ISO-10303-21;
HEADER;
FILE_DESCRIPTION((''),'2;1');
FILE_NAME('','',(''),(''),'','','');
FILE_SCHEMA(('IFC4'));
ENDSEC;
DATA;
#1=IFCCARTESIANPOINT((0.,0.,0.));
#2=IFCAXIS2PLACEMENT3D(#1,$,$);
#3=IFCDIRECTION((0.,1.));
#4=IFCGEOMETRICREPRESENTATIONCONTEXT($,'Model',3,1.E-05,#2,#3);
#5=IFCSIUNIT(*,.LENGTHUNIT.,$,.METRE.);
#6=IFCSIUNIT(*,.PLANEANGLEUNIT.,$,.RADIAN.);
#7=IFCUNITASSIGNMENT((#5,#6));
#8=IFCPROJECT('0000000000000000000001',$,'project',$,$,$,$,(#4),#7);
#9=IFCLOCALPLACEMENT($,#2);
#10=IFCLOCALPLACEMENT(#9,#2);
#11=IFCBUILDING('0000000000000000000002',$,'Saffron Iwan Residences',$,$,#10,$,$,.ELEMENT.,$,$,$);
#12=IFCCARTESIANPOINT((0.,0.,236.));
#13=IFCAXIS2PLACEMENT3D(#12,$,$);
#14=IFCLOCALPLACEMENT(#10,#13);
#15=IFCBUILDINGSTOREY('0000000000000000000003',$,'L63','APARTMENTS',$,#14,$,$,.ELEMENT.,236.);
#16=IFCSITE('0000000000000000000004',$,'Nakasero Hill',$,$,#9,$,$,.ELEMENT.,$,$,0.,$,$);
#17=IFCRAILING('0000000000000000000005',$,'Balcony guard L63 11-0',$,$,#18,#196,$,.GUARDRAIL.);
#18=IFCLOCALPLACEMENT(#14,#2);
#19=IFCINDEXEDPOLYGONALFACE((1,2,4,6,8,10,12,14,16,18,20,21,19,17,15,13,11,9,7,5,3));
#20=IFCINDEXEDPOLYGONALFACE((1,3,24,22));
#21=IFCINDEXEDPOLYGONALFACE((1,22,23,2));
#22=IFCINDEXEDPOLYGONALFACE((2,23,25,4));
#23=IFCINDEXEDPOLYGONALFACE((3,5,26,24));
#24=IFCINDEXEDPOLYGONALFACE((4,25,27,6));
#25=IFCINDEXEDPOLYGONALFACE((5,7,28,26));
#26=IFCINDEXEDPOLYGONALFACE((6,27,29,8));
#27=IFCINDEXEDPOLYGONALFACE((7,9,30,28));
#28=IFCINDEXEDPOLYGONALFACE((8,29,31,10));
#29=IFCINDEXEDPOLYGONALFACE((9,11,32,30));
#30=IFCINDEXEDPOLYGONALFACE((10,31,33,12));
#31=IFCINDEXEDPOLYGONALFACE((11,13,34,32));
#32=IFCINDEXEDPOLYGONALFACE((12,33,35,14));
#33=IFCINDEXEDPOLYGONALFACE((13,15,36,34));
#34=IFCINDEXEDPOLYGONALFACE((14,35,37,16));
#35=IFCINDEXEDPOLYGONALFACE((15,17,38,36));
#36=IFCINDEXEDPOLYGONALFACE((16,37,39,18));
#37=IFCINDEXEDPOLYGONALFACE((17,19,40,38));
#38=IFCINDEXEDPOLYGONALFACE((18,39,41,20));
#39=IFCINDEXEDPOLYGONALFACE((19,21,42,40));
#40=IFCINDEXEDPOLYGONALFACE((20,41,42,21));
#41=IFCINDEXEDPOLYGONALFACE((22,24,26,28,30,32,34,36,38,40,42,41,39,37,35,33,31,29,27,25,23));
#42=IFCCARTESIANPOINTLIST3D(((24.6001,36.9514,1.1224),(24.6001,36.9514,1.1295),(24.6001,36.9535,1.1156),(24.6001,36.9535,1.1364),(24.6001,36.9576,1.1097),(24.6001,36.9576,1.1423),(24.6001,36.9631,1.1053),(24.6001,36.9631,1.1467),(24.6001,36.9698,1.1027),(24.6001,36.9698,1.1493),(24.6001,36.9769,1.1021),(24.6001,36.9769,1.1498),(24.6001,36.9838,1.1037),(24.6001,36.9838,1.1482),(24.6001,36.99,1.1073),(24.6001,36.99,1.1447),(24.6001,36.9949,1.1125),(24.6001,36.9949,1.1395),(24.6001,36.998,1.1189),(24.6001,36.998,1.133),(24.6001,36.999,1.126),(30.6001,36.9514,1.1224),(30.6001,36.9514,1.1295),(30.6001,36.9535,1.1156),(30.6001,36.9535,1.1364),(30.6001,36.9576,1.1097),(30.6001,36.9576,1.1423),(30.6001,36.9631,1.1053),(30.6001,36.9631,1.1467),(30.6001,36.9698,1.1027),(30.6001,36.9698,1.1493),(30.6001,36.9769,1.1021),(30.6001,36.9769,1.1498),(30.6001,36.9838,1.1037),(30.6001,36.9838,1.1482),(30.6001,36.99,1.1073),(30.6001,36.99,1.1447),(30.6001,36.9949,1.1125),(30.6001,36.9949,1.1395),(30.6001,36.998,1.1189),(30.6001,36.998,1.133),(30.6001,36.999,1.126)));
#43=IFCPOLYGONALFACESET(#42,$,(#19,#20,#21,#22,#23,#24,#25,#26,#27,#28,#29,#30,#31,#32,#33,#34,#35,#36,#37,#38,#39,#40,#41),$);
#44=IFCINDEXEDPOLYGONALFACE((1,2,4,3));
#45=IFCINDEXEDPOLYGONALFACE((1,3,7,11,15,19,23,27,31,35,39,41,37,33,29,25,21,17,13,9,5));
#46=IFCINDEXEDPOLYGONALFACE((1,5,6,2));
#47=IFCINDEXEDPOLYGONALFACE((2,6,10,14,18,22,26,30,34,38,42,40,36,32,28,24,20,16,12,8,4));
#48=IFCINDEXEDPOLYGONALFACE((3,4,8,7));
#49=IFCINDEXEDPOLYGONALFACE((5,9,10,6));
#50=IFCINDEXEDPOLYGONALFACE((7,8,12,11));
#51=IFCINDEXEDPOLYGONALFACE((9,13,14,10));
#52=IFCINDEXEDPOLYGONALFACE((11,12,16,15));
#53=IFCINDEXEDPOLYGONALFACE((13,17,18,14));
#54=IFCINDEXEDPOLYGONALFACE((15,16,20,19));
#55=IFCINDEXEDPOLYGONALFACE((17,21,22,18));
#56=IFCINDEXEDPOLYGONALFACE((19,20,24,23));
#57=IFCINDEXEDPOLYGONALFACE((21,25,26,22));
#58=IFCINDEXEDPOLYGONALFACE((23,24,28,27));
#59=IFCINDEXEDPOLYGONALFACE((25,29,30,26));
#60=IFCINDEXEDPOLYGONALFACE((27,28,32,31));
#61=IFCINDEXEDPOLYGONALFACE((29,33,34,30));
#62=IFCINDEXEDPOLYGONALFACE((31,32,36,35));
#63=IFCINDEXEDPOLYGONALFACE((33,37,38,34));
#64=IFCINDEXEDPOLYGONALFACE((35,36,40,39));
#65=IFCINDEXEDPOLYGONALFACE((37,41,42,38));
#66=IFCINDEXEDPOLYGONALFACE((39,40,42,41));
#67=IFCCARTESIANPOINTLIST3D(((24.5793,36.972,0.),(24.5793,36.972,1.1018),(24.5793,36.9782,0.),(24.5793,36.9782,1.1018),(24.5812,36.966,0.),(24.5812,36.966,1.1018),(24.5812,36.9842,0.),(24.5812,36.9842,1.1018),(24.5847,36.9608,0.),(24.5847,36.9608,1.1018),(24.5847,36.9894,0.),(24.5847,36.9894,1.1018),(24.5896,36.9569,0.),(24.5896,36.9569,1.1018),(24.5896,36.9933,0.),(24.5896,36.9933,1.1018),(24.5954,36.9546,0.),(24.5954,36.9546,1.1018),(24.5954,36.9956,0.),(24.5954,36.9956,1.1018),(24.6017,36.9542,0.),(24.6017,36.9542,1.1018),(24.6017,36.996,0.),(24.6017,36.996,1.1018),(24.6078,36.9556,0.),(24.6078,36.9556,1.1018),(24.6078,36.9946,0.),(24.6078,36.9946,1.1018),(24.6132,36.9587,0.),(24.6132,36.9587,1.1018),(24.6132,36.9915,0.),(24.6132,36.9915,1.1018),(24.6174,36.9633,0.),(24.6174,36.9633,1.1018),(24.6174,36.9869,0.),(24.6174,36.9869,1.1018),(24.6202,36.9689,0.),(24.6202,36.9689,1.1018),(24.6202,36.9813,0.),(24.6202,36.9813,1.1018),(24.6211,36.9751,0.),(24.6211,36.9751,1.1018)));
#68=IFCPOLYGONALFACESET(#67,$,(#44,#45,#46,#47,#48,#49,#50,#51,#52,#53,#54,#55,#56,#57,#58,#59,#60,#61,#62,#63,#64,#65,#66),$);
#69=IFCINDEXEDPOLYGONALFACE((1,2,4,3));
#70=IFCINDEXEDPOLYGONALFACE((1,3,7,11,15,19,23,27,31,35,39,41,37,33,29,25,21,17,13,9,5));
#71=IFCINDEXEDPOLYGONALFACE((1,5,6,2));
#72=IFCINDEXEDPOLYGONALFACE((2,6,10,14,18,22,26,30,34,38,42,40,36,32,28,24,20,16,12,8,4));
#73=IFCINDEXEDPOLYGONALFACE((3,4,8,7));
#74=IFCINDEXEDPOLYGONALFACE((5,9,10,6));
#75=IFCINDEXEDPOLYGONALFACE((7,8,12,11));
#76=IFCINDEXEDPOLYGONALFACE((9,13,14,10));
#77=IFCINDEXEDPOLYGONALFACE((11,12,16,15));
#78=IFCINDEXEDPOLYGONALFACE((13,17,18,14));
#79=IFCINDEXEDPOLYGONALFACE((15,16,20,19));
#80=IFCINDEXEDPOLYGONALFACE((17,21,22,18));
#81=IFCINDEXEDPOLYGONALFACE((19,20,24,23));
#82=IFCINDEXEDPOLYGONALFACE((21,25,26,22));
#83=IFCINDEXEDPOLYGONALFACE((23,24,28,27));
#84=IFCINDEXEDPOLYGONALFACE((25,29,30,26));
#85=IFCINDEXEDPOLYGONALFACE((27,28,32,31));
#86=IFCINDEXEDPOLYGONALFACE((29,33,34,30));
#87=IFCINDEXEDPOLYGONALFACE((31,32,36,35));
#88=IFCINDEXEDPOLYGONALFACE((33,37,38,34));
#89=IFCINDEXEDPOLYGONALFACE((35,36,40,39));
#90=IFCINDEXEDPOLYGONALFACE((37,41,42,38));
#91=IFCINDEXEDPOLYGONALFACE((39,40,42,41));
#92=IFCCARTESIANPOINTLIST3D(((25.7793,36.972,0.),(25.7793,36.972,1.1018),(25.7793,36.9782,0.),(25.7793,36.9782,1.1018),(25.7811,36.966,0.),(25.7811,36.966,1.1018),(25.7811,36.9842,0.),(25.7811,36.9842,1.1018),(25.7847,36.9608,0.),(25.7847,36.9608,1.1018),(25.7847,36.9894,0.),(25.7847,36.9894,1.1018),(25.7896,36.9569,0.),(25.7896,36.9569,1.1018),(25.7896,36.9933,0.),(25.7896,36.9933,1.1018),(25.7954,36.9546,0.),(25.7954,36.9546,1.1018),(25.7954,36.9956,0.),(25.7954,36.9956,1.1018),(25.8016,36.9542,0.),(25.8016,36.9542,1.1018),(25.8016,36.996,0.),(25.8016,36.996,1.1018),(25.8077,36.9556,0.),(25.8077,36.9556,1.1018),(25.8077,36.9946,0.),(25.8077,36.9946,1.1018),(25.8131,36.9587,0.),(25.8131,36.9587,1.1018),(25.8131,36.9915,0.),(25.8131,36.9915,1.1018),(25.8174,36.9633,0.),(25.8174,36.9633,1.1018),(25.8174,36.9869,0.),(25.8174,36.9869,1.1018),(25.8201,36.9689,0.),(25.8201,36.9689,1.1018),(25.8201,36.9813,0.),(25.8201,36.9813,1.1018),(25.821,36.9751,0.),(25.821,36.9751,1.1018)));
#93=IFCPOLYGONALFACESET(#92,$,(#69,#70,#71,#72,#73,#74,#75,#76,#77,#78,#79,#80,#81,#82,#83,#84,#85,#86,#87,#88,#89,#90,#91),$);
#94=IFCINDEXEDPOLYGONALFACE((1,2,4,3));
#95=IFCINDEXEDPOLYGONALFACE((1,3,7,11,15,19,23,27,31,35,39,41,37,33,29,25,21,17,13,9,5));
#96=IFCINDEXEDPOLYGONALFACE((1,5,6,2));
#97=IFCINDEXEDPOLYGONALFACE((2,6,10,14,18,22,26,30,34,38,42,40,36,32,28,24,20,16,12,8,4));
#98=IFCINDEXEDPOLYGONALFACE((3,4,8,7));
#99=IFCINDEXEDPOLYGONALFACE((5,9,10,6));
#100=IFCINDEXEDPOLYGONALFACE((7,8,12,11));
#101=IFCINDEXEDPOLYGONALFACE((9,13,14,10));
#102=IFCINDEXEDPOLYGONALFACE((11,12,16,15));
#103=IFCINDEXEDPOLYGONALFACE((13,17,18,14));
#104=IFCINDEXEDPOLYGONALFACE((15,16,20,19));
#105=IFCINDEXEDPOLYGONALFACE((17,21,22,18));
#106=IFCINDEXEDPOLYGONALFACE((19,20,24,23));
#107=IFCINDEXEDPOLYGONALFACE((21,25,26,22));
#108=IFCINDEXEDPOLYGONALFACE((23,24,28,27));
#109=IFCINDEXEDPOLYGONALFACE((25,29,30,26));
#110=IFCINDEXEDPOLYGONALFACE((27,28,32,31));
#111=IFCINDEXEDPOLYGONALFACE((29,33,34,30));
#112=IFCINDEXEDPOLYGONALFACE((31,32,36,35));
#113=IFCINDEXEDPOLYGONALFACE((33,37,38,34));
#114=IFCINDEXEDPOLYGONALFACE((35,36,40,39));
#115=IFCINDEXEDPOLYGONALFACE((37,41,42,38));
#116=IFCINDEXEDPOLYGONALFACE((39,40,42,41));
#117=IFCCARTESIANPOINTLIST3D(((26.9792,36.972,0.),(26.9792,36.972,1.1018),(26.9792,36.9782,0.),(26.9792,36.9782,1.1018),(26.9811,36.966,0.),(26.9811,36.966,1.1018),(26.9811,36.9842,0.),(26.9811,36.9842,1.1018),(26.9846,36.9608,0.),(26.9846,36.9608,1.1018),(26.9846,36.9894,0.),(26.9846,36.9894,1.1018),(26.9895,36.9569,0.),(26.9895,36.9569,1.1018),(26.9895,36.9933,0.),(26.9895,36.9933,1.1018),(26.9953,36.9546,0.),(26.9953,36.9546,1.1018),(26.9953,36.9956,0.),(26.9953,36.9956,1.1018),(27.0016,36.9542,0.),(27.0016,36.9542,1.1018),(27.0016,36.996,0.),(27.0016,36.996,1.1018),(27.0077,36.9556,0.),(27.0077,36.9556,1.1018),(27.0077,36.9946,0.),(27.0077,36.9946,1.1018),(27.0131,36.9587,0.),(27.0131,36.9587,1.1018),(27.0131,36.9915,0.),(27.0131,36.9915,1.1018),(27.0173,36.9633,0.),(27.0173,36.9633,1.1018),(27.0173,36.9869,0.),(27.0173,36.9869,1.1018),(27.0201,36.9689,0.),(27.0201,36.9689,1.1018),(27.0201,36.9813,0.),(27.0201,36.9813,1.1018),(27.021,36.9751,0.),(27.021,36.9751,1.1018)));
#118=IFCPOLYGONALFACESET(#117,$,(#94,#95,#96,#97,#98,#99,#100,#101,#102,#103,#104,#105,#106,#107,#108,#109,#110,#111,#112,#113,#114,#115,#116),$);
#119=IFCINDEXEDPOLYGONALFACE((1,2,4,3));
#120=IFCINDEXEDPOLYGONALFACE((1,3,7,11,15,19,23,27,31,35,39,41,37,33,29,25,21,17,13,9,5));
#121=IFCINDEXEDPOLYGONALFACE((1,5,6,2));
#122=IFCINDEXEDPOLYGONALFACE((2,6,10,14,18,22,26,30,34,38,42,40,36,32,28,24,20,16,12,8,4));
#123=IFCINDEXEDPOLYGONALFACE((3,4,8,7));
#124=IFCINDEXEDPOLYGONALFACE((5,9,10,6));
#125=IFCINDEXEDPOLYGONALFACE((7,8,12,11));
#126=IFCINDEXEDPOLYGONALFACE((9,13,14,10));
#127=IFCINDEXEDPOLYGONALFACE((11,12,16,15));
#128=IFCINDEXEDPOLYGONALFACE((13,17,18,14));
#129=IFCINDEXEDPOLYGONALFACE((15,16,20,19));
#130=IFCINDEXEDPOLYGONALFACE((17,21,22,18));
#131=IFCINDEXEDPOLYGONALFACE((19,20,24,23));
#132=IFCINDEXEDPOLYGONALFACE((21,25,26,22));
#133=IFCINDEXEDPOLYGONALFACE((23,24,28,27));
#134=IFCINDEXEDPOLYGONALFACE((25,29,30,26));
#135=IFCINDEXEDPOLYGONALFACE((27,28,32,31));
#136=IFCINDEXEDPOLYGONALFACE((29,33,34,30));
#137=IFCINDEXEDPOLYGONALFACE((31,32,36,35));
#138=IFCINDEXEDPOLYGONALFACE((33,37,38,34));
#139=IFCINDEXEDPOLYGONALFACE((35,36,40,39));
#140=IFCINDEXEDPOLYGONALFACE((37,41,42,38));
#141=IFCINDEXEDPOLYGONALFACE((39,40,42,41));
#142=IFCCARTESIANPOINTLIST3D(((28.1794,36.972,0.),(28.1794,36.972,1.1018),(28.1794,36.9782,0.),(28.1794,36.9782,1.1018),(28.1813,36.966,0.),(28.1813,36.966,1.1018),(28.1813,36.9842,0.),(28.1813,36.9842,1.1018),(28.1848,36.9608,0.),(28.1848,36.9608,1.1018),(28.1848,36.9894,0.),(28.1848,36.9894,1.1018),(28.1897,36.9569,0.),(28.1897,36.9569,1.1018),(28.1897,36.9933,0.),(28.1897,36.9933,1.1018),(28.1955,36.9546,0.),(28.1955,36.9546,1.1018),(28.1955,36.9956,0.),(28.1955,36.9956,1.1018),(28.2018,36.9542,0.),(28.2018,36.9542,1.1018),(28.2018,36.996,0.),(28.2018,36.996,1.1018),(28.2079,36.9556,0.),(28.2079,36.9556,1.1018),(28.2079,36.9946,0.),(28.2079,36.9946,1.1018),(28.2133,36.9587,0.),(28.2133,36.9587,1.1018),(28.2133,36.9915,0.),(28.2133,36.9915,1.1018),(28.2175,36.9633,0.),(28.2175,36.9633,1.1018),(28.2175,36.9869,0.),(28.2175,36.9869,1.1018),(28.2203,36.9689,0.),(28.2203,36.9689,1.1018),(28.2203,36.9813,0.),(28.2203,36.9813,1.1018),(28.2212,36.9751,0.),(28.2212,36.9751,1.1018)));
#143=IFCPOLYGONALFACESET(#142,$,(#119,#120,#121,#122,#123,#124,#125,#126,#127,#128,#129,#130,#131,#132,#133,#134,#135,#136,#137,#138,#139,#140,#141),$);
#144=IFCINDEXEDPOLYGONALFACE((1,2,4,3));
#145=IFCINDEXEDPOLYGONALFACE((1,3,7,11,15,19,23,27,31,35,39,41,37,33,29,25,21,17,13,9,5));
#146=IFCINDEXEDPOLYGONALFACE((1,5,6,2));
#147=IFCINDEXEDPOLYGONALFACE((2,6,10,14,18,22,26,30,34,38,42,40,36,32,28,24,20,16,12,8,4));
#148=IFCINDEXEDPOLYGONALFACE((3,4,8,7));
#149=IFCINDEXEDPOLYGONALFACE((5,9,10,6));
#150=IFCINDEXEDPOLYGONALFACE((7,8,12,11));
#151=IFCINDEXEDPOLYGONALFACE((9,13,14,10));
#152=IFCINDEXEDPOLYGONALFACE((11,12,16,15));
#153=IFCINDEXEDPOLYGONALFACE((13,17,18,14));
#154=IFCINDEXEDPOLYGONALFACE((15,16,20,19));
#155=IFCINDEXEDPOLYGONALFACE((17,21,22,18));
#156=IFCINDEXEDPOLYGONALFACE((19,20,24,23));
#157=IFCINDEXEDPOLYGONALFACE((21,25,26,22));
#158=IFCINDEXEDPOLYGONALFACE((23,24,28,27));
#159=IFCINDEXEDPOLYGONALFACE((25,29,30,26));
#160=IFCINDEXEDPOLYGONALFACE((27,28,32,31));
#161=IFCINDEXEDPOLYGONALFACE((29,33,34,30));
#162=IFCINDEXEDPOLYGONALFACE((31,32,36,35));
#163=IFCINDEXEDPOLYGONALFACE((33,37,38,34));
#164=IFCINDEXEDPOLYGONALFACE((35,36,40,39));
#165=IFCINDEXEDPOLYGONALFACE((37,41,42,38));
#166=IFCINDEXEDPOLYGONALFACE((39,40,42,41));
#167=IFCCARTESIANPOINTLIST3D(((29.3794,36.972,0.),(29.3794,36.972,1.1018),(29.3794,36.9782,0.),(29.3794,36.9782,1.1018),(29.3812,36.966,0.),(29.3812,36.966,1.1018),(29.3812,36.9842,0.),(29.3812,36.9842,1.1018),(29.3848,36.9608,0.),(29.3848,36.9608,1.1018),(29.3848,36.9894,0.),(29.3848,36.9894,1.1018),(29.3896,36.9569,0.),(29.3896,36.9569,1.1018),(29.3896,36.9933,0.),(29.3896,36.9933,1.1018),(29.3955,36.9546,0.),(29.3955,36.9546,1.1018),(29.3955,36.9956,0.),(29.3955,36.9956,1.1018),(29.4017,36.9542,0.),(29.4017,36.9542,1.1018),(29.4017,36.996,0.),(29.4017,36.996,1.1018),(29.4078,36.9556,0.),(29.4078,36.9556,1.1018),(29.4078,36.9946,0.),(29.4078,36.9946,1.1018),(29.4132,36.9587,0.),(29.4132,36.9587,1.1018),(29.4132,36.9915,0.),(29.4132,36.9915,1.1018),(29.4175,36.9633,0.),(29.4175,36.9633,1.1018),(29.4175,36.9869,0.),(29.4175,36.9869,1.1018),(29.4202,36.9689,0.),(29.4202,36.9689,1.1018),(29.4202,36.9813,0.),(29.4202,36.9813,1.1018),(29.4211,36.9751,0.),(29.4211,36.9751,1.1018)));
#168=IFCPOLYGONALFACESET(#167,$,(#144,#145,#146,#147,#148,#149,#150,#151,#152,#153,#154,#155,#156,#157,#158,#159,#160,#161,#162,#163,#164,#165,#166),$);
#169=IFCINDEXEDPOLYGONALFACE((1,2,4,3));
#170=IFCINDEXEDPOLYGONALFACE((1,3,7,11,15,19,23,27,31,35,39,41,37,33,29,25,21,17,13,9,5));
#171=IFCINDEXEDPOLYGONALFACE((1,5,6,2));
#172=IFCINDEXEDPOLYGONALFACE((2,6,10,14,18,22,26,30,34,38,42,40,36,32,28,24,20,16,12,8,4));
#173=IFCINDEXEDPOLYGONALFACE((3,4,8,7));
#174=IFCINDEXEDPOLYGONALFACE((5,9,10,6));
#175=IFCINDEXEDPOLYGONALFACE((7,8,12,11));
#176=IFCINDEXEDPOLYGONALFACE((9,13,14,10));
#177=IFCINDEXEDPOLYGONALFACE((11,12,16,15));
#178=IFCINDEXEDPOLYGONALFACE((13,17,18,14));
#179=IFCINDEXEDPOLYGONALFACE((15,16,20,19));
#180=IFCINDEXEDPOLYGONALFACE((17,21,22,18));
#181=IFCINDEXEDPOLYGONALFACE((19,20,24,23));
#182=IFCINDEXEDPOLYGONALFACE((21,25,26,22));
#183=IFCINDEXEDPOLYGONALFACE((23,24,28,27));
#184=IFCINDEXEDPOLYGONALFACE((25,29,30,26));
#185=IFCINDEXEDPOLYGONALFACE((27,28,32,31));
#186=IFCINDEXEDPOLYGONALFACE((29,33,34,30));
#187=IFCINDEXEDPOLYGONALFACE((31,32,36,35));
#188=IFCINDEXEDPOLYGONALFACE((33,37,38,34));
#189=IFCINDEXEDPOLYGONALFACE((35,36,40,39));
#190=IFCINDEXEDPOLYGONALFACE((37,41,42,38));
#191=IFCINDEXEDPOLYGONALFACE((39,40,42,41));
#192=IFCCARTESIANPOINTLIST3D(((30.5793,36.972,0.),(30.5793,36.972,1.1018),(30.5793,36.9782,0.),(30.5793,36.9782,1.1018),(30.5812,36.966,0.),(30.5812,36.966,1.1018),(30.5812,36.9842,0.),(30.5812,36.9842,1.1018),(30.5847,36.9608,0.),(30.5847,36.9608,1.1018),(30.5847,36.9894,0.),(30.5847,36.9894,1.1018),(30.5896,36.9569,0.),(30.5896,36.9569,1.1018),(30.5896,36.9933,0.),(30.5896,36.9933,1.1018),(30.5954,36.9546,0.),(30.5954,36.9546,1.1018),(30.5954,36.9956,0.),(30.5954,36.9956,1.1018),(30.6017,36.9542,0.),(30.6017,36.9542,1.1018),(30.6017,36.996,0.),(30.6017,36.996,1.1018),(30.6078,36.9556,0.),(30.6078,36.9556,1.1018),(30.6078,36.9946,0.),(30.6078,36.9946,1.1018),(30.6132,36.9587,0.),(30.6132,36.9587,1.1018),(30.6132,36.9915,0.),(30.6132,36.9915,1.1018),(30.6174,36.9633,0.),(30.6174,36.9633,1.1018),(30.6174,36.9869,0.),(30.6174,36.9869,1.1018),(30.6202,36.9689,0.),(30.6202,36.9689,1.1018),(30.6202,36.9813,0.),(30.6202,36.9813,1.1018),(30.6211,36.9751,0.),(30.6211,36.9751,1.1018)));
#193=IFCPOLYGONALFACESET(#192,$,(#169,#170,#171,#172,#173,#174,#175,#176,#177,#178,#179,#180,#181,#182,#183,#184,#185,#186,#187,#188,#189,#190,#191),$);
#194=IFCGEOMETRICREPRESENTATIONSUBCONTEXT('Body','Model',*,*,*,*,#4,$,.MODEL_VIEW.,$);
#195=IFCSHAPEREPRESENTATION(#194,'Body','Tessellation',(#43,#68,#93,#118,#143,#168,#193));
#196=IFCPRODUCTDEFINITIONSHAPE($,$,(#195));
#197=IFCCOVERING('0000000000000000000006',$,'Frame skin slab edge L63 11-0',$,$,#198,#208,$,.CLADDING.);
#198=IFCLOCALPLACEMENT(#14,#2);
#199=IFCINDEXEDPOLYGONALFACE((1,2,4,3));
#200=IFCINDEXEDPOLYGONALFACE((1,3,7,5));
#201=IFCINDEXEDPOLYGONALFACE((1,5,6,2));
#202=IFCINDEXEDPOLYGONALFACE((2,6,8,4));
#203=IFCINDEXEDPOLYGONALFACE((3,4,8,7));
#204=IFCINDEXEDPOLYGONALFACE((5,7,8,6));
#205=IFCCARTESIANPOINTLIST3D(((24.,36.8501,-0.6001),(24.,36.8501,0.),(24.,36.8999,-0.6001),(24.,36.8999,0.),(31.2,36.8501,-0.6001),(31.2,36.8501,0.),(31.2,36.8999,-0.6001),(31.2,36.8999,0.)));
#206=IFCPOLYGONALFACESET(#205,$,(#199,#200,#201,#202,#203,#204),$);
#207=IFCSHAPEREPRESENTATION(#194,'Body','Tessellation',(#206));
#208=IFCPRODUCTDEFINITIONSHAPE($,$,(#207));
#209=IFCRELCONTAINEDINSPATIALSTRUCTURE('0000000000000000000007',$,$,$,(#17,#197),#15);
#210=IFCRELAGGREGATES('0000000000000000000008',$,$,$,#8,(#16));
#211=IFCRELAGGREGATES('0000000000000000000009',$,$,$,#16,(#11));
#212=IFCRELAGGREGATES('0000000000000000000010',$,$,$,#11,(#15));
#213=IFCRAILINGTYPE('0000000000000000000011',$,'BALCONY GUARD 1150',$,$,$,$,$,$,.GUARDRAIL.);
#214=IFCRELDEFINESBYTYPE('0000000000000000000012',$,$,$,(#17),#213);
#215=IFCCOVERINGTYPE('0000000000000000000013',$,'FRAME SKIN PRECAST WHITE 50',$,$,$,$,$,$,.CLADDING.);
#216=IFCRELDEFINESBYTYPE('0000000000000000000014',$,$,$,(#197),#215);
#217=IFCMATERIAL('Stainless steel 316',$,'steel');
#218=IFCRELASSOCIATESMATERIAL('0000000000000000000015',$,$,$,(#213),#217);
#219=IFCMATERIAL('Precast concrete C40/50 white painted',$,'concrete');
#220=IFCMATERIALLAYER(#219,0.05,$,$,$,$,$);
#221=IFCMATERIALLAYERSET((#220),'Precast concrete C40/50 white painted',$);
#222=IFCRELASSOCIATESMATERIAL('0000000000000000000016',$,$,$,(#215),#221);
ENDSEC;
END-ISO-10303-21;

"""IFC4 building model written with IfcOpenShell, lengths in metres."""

from ifc_helpers import new_model, si_unit, direction, frame, origin, origin_2d, place, context, subcontext, project, spatial, polyline, circle, outline, extrude, material, layer, layer_set, type_object, element, save


model = new_model("IFC4")

# Units and contexts
model_context = context("Model", 3, precision=1e-05, world=origin(), true_north=direction((0.0, 1.0)))
body_context = subcontext(model_context, "Body", "Model", "MODEL_VIEW")
ifc_project = project(units=[si_unit("LENGTHUNIT", "METRE"), si_unit("PLANEANGLEUNIT", "RADIAN")], contexts=[model_context])

# Site, building, storey
site_placement = place(None, origin())
site = spatial("IfcSite", under=ifc_project, at=site_placement, Name="Nakasero Hill", CompositionType="ELEMENT", RefElevation=0.0)
building_placement = place(site_placement, origin())
building = spatial("IfcBuilding", under=site, at=building_placement, Name="Saffron Iwan Residences", CompositionType="ELEMENT")
storey_placement = place(building_placement, frame((0.0, 0.0, 236.0)))
storey = spatial("IfcBuildingStorey", under=building, at=storey_placement, Name="L63", Description="APARTMENTS", CompositionType="ELEMENT", Elevation=236.0)

# Railing
ifc_material_1 = material(Name="Stainless steel 316", Category="steel")
railing_type = type_object("IfcRailingType", Name="BALCONY GUARD 1150", PredefinedType="GUARDRAIL", material=ifc_material_1)
railing_placement = place(storey_placement, frame((24.6001, 36.9751, 0.0)))
element("IfcRailing", 1, at=railing_placement, inside=storey, type_object=railing_type, Name="Balcony guard L63 11-0", PredefinedType="GUARDRAIL", context=body_context, shape_type="SweptSolid", body=[
    extrude(circle(Radius=0.0239, at=origin_2d()), frame((0.0, 0.0, 1.126), z_axis=(1.0, 0.0, 0.0), x_axis=(0.0, 1.0, 0.0)), (0.0, 0.0, 1.0), 6.0),
    extrude(circle(Radius=0.021, at=origin_2d()), origin(), (0.0, 0.0, 1.0), 1.1018),
    extrude(circle(Radius=0.021, at=origin_2d()), frame((1.2, 0.0, 0.0)), (0.0, 0.0, 1.0), 1.1018),
    extrude(circle(Radius=0.021, at=origin_2d()), frame((2.3999, 0.0, 0.0)), (0.0, 0.0, 1.0), 1.1018),
    extrude(circle(Radius=0.021, at=origin_2d()), frame((3.6001, 0.0, 0.0)), (0.0, 0.0, 1.0), 1.1018),
    extrude(circle(Radius=0.021, at=origin_2d()), frame((4.8, 0.0, 0.0)), (0.0, 0.0, 1.0), 1.1018),
    extrude(circle(Radius=0.021, at=origin_2d()), frame((6.0, 0.0, 0.0)), (0.0, 0.0, 1.0), 1.1018),
])

# Covering
ifc_material_2 = material(Name="Precast concrete C40/50 white painted", Category="concrete")
ifc_layer_1 = layer(ifc_material_2, 0.05)
ifc_layer_set_1 = layer_set([ifc_layer_1], Name="Precast concrete C40/50 white painted")
covering_type_1 = type_object("IfcCoveringType", Name="FRAME SKIN PRECAST WHITE 50", PredefinedType="CLADDING", material=ifc_layer_set_1)
for number, where, name in (
    (2, (0.0, 0.0, -0.6001), "Frame skin slab edge L63 11-0"),
):
    element("IfcCovering", number, at=place(storey_placement, frame(where)), inside=storey, type_object=covering_type_1, Name=name, PredefinedType="CLADDING", context=body_context, shape_type="SweptSolid", body=[
        extrude(outline(polyline([(24.0, 36.8501), (31.2, 36.8501), (31.2, 36.8999), (24.0, 36.8999), (24.0, 36.8501)])), origin(), (0.0, 0.0, 1.0), 0.6001),
    ])

save(model, "model.ifc")
